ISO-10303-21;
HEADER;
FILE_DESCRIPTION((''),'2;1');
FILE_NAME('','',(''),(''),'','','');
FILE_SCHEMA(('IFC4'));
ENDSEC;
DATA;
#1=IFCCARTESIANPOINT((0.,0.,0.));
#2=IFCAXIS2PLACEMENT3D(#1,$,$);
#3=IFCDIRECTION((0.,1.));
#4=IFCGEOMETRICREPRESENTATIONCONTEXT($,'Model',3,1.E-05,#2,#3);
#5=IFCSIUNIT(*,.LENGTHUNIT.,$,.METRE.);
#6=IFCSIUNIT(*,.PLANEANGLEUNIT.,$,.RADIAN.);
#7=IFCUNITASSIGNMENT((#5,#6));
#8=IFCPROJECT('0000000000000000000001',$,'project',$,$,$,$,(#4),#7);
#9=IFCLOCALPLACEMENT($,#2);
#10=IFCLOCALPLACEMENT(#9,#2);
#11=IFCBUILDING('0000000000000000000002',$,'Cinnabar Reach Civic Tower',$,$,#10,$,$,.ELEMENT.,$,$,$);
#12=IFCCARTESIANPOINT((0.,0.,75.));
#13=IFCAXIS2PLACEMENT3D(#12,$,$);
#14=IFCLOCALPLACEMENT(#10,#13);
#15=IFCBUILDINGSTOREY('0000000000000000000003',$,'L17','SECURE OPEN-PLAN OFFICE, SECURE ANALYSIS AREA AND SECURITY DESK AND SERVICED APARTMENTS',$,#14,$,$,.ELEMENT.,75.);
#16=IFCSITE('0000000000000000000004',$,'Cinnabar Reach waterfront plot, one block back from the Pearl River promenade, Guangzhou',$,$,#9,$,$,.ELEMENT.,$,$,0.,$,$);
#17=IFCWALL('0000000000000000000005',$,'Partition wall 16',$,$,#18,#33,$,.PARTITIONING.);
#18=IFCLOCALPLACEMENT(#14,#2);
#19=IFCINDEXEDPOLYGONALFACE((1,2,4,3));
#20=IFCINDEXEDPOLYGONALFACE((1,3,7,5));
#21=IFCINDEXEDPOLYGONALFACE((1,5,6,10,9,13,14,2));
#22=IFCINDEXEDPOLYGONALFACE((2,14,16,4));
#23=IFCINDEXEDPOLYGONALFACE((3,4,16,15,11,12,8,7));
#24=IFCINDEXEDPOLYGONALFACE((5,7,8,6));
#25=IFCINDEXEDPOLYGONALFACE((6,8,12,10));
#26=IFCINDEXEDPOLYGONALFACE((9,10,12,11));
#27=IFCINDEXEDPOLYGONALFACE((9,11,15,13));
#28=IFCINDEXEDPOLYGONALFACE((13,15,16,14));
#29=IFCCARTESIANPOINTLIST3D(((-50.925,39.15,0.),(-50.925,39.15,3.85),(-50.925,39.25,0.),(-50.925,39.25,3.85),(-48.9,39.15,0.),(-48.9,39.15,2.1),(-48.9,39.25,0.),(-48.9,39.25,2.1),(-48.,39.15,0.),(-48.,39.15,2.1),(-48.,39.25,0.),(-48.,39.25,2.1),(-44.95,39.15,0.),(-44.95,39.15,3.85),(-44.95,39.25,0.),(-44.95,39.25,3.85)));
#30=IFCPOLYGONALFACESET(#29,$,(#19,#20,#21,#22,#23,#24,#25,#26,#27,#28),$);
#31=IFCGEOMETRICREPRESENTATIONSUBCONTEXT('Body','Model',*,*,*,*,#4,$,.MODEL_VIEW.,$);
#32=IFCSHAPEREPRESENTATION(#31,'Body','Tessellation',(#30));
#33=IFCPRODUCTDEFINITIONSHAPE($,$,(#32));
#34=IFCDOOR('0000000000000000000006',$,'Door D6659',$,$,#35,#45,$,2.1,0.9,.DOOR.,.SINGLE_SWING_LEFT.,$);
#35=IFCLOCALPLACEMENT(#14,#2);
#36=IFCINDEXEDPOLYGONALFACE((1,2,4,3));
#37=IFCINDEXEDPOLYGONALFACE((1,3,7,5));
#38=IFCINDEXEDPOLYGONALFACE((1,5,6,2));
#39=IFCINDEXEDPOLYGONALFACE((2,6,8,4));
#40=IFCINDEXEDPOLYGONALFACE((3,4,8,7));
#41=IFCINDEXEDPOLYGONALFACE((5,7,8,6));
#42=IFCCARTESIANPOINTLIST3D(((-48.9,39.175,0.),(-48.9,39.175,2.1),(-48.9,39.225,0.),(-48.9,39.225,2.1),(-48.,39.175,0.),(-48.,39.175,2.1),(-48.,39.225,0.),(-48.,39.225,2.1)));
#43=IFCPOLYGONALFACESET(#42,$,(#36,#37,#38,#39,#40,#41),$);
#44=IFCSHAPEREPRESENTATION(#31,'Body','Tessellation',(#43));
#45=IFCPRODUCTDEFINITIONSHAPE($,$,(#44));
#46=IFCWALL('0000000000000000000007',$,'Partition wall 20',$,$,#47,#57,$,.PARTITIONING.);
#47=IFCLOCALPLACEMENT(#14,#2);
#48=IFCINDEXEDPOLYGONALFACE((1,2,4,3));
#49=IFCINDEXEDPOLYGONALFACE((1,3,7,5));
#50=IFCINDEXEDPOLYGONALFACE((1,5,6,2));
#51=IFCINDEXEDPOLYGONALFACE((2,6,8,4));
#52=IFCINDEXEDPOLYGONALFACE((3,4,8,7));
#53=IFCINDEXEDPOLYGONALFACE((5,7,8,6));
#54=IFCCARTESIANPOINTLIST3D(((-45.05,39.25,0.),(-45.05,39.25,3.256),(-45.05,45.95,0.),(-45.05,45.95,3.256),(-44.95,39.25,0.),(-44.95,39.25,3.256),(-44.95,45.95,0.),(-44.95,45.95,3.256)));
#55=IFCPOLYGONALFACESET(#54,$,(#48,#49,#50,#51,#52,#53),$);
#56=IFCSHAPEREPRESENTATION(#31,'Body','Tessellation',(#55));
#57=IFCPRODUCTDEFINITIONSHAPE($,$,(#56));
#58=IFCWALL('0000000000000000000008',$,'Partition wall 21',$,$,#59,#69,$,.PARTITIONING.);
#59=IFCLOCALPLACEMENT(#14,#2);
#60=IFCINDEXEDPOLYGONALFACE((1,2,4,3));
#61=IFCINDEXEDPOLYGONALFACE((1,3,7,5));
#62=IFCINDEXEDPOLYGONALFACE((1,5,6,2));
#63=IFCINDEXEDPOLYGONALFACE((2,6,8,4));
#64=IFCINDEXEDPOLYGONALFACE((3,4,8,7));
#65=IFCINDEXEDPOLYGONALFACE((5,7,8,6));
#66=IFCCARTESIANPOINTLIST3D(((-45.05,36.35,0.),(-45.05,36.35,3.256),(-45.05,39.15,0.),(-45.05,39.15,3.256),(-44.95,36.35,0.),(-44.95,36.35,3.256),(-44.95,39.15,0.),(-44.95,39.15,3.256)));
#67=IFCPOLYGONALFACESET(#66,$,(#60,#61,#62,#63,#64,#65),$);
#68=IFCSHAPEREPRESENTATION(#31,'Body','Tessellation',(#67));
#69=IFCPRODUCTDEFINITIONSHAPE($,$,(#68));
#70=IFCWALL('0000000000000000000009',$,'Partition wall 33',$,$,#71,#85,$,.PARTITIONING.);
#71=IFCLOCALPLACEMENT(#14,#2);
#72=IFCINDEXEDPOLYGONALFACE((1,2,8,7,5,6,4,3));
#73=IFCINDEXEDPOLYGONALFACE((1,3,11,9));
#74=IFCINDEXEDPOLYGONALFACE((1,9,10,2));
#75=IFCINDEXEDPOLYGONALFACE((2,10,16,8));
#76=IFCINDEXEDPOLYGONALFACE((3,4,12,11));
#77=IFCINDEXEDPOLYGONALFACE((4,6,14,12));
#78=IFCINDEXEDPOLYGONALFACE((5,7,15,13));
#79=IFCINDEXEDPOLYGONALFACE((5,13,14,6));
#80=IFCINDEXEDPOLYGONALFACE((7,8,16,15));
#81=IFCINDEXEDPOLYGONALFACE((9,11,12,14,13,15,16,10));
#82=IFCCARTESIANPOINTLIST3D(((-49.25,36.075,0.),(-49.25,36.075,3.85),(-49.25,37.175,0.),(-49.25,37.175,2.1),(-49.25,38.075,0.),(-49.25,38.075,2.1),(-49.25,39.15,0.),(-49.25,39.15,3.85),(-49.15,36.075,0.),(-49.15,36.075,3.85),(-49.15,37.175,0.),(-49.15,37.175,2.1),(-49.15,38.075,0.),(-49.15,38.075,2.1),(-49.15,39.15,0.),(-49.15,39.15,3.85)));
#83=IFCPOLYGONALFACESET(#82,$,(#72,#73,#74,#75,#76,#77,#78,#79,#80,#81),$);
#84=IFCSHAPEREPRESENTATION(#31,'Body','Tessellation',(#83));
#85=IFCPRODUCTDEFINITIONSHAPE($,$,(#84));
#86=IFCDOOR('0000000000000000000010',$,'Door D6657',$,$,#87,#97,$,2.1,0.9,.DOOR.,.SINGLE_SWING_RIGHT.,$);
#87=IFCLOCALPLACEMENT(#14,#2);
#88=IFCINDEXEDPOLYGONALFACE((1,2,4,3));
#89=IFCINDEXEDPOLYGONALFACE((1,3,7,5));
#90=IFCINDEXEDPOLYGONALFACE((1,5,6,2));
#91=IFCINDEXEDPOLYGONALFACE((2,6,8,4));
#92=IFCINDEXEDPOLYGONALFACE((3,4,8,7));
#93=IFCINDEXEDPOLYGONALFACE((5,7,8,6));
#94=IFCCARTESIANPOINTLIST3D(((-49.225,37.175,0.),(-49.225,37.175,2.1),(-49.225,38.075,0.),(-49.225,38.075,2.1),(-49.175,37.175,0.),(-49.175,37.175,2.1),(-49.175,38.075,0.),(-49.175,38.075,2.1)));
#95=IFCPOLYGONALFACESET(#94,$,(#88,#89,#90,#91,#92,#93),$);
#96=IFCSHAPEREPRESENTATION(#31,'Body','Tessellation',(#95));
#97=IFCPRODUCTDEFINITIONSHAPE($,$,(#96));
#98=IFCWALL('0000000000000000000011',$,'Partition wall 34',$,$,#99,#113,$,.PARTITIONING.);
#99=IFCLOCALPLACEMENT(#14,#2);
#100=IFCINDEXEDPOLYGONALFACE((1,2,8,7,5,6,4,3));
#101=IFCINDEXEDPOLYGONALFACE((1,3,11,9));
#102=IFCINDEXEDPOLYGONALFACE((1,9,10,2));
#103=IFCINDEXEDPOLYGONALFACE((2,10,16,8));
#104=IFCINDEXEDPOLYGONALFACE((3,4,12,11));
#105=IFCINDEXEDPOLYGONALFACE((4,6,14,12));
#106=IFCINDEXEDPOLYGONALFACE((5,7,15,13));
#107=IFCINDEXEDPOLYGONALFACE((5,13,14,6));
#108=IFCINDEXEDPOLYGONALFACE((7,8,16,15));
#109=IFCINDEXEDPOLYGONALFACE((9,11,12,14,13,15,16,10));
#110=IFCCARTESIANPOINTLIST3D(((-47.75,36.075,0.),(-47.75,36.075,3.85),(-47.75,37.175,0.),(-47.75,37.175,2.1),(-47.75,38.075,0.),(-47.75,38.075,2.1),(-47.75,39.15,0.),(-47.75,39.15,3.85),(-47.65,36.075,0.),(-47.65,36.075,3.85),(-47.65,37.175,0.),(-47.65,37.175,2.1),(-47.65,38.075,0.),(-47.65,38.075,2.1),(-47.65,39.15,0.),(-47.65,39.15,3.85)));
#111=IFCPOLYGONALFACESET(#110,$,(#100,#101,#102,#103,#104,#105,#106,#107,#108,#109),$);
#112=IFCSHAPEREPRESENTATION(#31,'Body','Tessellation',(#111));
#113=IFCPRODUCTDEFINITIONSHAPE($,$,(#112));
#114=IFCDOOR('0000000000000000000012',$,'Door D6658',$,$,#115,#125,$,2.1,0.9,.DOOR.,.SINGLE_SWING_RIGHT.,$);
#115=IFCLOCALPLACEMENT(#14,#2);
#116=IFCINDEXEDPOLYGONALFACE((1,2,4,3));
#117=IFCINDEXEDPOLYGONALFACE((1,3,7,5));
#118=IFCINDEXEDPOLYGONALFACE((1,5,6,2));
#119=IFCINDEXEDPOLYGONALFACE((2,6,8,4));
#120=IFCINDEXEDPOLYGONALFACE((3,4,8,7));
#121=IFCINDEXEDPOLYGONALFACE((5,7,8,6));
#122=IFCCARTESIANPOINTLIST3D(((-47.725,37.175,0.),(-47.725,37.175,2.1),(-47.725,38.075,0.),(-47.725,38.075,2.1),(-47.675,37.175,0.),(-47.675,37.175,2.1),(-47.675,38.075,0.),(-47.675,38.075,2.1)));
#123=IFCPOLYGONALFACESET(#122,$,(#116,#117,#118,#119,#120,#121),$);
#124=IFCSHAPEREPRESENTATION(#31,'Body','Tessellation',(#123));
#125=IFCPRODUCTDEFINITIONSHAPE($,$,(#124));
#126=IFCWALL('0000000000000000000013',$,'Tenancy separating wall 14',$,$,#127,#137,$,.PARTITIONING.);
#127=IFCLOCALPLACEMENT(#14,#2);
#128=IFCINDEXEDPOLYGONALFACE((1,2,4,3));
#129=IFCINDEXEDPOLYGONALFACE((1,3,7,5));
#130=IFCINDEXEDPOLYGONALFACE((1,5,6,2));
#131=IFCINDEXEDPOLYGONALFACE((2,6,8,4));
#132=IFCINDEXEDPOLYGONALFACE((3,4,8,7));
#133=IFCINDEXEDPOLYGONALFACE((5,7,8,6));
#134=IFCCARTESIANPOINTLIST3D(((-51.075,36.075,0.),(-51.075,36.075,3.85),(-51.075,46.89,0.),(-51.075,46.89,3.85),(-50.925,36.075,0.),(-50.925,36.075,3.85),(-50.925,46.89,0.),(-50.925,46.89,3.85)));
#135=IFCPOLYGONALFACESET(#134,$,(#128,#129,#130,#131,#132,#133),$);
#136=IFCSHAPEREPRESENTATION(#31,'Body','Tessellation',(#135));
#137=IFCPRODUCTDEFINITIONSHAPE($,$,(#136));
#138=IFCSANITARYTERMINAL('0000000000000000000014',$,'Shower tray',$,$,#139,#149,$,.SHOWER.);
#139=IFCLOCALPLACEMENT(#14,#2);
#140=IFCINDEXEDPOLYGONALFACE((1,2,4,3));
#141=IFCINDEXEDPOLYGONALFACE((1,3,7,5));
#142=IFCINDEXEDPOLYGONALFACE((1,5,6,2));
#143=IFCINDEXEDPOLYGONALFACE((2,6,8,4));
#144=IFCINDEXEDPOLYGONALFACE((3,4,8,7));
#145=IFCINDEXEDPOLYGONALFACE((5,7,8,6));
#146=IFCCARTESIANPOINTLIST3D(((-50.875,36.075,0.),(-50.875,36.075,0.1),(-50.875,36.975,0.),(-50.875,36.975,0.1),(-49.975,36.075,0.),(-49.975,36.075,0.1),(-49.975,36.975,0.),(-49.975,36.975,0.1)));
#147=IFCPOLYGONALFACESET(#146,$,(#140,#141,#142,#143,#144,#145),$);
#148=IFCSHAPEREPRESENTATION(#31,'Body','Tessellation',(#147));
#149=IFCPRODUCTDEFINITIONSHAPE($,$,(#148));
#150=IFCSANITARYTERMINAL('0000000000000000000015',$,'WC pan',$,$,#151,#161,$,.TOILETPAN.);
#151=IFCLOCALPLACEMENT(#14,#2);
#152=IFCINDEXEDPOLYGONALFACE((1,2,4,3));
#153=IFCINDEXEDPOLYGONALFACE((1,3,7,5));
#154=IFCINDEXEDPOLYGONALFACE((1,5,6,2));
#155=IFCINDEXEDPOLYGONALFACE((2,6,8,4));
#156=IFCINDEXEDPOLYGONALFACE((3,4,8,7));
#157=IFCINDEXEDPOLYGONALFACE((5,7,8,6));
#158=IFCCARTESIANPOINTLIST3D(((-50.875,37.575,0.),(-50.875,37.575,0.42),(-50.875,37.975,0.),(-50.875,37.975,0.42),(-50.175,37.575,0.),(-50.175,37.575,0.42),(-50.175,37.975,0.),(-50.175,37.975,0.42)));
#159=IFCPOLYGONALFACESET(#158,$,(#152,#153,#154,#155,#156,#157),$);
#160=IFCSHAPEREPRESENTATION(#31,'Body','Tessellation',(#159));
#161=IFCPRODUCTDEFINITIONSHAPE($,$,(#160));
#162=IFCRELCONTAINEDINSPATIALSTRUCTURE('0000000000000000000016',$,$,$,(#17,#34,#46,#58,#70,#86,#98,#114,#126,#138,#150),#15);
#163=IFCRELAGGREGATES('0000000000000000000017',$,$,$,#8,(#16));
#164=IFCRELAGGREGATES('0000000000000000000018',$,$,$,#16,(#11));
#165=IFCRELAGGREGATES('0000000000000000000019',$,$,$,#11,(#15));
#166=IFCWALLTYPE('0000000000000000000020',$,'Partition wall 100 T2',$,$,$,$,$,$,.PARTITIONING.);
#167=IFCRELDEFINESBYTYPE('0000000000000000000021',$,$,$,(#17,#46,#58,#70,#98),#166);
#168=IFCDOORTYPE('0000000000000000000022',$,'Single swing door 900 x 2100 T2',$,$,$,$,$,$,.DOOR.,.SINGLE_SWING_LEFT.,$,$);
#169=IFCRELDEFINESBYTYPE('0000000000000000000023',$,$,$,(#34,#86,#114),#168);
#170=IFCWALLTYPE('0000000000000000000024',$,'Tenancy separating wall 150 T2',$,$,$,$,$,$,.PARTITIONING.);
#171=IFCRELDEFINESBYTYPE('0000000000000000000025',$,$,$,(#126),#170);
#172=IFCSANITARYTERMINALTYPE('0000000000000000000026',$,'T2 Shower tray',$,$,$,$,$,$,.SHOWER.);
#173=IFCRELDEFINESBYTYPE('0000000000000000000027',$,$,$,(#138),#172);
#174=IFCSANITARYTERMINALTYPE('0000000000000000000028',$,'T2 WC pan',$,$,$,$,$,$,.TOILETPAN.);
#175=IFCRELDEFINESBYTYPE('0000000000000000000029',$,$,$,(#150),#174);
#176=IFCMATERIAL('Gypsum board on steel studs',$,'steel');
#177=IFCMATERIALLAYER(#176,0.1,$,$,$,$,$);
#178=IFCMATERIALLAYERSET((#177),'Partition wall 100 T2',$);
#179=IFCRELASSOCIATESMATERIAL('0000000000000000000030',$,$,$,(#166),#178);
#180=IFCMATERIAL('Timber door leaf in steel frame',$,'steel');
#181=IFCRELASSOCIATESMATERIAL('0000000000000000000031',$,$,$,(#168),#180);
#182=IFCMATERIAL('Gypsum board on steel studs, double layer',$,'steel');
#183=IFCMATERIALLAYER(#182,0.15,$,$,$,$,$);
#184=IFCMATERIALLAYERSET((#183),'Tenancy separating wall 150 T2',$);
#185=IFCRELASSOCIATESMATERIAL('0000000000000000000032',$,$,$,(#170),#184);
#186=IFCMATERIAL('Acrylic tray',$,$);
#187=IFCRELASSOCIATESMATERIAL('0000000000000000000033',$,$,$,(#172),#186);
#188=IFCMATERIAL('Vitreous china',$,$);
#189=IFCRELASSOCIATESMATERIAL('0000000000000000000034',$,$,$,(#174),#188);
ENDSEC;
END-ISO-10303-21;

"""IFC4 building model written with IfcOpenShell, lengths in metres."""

from ifc_helpers import new_model, si_unit, direction, frame, frame_2d, origin, origin_2d, place, context, subcontext, project, spatial, rectangle, extrude, material, layer, layer_set, type_object, element, fill, save


model = new_model("IFC4")

# Units and contexts
model_context = context("Model", 3, precision=1e-05, world=origin(), true_north=direction((0.0, 1.0)))
body_context = subcontext(model_context, "Body", "Model", "MODEL_VIEW")
ifc_project = project(units=[si_unit("LENGTHUNIT", "METRE"), si_unit("PLANEANGLEUNIT", "RADIAN")], contexts=[model_context])

# Site, building, storey
site_placement = place(None, origin())
site = spatial("IfcSite", under=ifc_project, at=site_placement, Name="Cinnabar Reach waterfront plot, one block back from the Pearl River promenade, Guangzhou", CompositionType="ELEMENT", RefElevation=0.0)
building_placement = place(site_placement, origin())
building = spatial("IfcBuilding", under=site, at=building_placement, Name="Cinnabar Reach Civic Tower", CompositionType="ELEMENT")
storey_placement = place(building_placement, frame((0.0, 0.0, 75.0)))
storey = spatial("IfcBuildingStorey", under=building, at=storey_placement, Name="L17", Description="SECURE OPEN-PLAN OFFICE, SECURE ANALYSIS AREA AND SECURITY DESK AND SERVICED APARTMENTS", CompositionType="ELEMENT", Elevation=75.0)

# Wall, opening, door
ifc_material_1 = material(Name="Gypsum board on steel studs", Category="steel")
ifc_layer_1 = layer(ifc_material_1, 0.1)
ifc_layer_set_1 = layer_set([ifc_layer_1], Name="Partition wall 100 T2")
wall_type_1 = type_object("IfcWallType", Name="Partition wall 100 T2", PredefinedType="PARTITIONING", material=ifc_layer_set_1)
wall_1_placement = place(storey_placement, frame((-50.925, 39.2, 0.0), z_axis=(0.0, 0.0, 1.0), x_axis=(1.0, 0.0, 0.0)))
wall_1 = element("IfcWall", 1, at=wall_1_placement, inside=storey, type_object=wall_type_1, Name="Partition wall 16", PredefinedType="PARTITIONING", context=body_context, shape_type="SweptSolid", body=[
    extrude(rectangle(XDim=5.975, YDim=0.1, at=frame_2d((2.9875, 0.0))), origin(), (0.0, 0.0, 1.0), 3.85),
])
opening_1_placement = place(wall_1_placement, frame((2.025, 0.0, 0.0)))
opening_1 = element("IfcOpeningElement", 2, at=opening_1_placement, cuts=wall_1, PredefinedType="OPENING", context=body_context, shape_type="SweptSolid", body=[
    extrude(rectangle(XDim=0.9, YDim=2.1, at=frame_2d((0.45, 1.05))), frame((0.0, 0.06, 0.0), z_axis=(0.0, -1.0, 0.0), x_axis=(1.0, 0.0, 0.0)), (0.0, 0.0, 1.0), 0.12),
])
ifc_material_2 = material(Name="Timber door leaf in steel frame", Category="steel")
door_type_1 = type_object("IfcDoorType", Name="Single swing door 900 x 2100 T2", OperationType="SINGLE_SWING_LEFT", PredefinedType="DOOR", material=ifc_material_2)
door_1_placement = place(opening_1_placement, frame((0.9, 0.0, 0.0), z_axis=(0.0, 0.0, 1.0), x_axis=(-1.0, 0.0, 0.0)))
door_1 = element("IfcDoor", 3, at=door_1_placement, inside=storey, type_object=door_type_1, Name="Door D6659", OperationType="SINGLE_SWING_LEFT", OverallHeight=2.1, OverallWidth=0.9, PredefinedType="DOOR", context=body_context, shape_type="SweptSolid", body=[
    extrude(rectangle(XDim=0.9, YDim=2.1, at=frame_2d((0.45, 1.05))), frame((0.0, 0.025, 0.0), z_axis=(0.0, -1.0, 0.0), x_axis=(1.0, 0.0, 0.0)), (0.0, 0.0, 1.0), 0.05),
])
fill(opening_1, door_1)

# Walls
wall_2_placement = place(storey_placement, frame((-45.0, 39.25, 0.0), z_axis=(0.0, 0.0, 1.0), x_axis=(0.0, 1.0, 0.0)))
element("IfcWall", 4, at=wall_2_placement, inside=storey, type_object=wall_type_1, Name="Partition wall 20", PredefinedType="PARTITIONING", context=body_context, shape_type="SweptSolid", body=[
    extrude(rectangle(XDim=6.7, YDim=0.1, at=frame_2d((3.35, 0.0))), origin(), (0.0, 0.0, 1.0), 3.256),
])
wall_3_placement = place(storey_placement, frame((-45.0, 36.35, 0.0), z_axis=(0.0, 0.0, 1.0), x_axis=(0.0, 1.0, 0.0)))
element("IfcWall", 5, at=wall_3_placement, inside=storey, type_object=wall_type_1, Name="Partition wall 21", PredefinedType="PARTITIONING", context=body_context, shape_type="SweptSolid", body=[
    extrude(rectangle(XDim=2.8, YDim=0.1, at=frame_2d((1.4, 0.0))), origin(), (0.0, 0.0, 1.0), 3.256),
])

# Walls, openings, doors
wall_4_placement = place(storey_placement, frame((-49.2, 36.075, 0.0), z_axis=(0.0, 0.0, 1.0), x_axis=(0.0, 1.0, 0.0)))
wall_4 = element("IfcWall", 6, at=wall_4_placement, inside=storey, type_object=wall_type_1, Name="Partition wall 33", PredefinedType="PARTITIONING", context=body_context, shape_type="SweptSolid", body=[
    extrude(rectangle(XDim=3.075, YDim=0.1, at=frame_2d((1.5375, 0.0))), origin(), (0.0, 0.0, 1.0), 3.85),
])
opening_2_placement = place(wall_4_placement, frame((1.1, 0.0, 0.0)))
opening_2 = element("IfcOpeningElement", 7, at=opening_2_placement, cuts=wall_4, PredefinedType="OPENING", context=body_context, shape_type="SweptSolid", body=[
    extrude(rectangle(XDim=0.9, YDim=2.1, at=frame_2d((0.45, 1.05))), frame((0.0, 0.06, 0.0), z_axis=(0.0, -1.0, 0.0), x_axis=(1.0, 0.0, 0.0)), (0.0, 0.0, 1.0), 0.12),
])
door_2_placement = place(opening_2_placement, origin())
door_2 = element("IfcDoor", 8, at=door_2_placement, inside=storey, type_object=door_type_1, Name="Door D6657", OperationType="SINGLE_SWING_RIGHT", OverallHeight=2.1, OverallWidth=0.9, PredefinedType="DOOR", context=body_context, shape_type="SweptSolid", body=[
    extrude(rectangle(XDim=0.9, YDim=2.1, at=frame_2d((0.45, 1.05))), frame((0.0, 0.025, 0.0), z_axis=(0.0, -1.0, 0.0), x_axis=(1.0, 0.0, 0.0)), (0.0, 0.0, 1.0), 0.05),
])
fill(opening_2, door_2)
wall_5_placement = place(storey_placement, frame((-47.7, 36.075, 0.0), z_axis=(0.0, 0.0, 1.0), x_axis=(0.0, 1.0, 0.0)))
wall_5 = element("IfcWall", 9, at=wall_5_placement, inside=storey, type_object=wall_type_1, Name="Partition wall 34", PredefinedType="PARTITIONING", context=body_context, shape_type="SweptSolid", body=[
    extrude(rectangle(XDim=3.075, YDim=0.1, at=frame_2d((1.5375, 0.0))), origin(), (0.0, 0.0, 1.0), 3.85),
])
opening_3_placement = place(wall_5_placement, frame((1.1, 0.0, 0.0)))
opening_3 = element("IfcOpeningElement", 10, at=opening_3_placement, cuts=wall_5, PredefinedType="OPENING", context=body_context, shape_type="SweptSolid", body=[
    extrude(rectangle(XDim=0.9, YDim=2.1, at=frame_2d((0.45, 1.05))), frame((0.0, 0.06, 0.0), z_axis=(0.0, -1.0, 0.0), x_axis=(1.0, 0.0, 0.0)), (0.0, 0.0, 1.0), 0.12),
])
door_3_placement = place(opening_3_placement, origin())
door_3 = element("IfcDoor", 11, at=door_3_placement, inside=storey, type_object=door_type_1, Name="Door D6658", OperationType="SINGLE_SWING_RIGHT", OverallHeight=2.1, OverallWidth=0.9, PredefinedType="DOOR", context=body_context, shape_type="SweptSolid", body=[
    extrude(rectangle(XDim=0.9, YDim=2.1, at=frame_2d((0.45, 1.05))), frame((0.0, 0.025, 0.0), z_axis=(0.0, -1.0, 0.0), x_axis=(1.0, 0.0, 0.0)), (0.0, 0.0, 1.0), 0.05),
])
fill(opening_3, door_3)

# Wall
ifc_material_3 = material(Name="Gypsum board on steel studs, double layer", Category="steel")
ifc_layer_2 = layer(ifc_material_3, 0.15)
ifc_layer_set_2 = layer_set([ifc_layer_2], Name="Tenancy separating wall 150 T2")
wall_type_2 = type_object("IfcWallType", Name="Tenancy separating wall 150 T2", PredefinedType="PARTITIONING", material=ifc_layer_set_2)
wall_6_placement = place(storey_placement, frame((-51.0, 36.075, 0.0), z_axis=(0.0, 0.0, 1.0), x_axis=(0.0, 1.0, 0.0)))
element("IfcWall", 12, at=wall_6_placement, inside=storey, type_object=wall_type_2, Name="Tenancy separating wall 14", PredefinedType="PARTITIONING", context=body_context, shape_type="SweptSolid", body=[
    extrude(rectangle(XDim=10.815, YDim=0.15, at=frame_2d((5.4075, 0.0))), origin(), (0.0, 0.0, 1.0), 3.85),
])

# Sanitary terminals
ifc_material_4 = material(Name="Acrylic tray")
sanitary_terminal_type_1 = type_object("IfcSanitaryTerminalType", Name="T2 Shower tray", PredefinedType="SHOWER", material=ifc_material_4)
sanitary_terminal_1_placement = place(storey_placement, frame((-50.425, 36.525, 0.0), z_axis=(0.0, 0.0, 1.0), x_axis=(1.0, 0.0, 0.0)))
element("IfcSanitaryTerminal", 13, at=sanitary_terminal_1_placement, inside=storey, type_object=sanitary_terminal_type_1, Name="Shower tray", PredefinedType="SHOWER", context=body_context, shape_type="SweptSolid", body=[
    extrude(rectangle(XDim=0.9, YDim=0.9, at=origin_2d()), origin(), (0.0, 0.0, 1.0), 0.1),
])
ifc_material_5 = material(Name="Vitreous china")
sanitary_terminal_type_2 = type_object("IfcSanitaryTerminalType", Name="T2 WC pan", PredefinedType="TOILETPAN", material=ifc_material_5)
sanitary_terminal_2_placement = place(storey_placement, frame((-50.525, 37.775, 0.0), z_axis=(0.0, 0.0, 1.0), x_axis=(1.0, 0.0, 0.0)))
element("IfcSanitaryTerminal", 14, at=sanitary_terminal_2_placement, inside=storey, type_object=sanitary_terminal_type_2, Name="WC pan", PredefinedType="TOILETPAN", context=body_context, shape_type="SweptSolid", body=[
    extrude(rectangle(XDim=0.7, YDim=0.4, at=origin_2d()), origin(), (0.0, 0.0, 1.0), 0.42),
])

save(model, "model.ifc")
